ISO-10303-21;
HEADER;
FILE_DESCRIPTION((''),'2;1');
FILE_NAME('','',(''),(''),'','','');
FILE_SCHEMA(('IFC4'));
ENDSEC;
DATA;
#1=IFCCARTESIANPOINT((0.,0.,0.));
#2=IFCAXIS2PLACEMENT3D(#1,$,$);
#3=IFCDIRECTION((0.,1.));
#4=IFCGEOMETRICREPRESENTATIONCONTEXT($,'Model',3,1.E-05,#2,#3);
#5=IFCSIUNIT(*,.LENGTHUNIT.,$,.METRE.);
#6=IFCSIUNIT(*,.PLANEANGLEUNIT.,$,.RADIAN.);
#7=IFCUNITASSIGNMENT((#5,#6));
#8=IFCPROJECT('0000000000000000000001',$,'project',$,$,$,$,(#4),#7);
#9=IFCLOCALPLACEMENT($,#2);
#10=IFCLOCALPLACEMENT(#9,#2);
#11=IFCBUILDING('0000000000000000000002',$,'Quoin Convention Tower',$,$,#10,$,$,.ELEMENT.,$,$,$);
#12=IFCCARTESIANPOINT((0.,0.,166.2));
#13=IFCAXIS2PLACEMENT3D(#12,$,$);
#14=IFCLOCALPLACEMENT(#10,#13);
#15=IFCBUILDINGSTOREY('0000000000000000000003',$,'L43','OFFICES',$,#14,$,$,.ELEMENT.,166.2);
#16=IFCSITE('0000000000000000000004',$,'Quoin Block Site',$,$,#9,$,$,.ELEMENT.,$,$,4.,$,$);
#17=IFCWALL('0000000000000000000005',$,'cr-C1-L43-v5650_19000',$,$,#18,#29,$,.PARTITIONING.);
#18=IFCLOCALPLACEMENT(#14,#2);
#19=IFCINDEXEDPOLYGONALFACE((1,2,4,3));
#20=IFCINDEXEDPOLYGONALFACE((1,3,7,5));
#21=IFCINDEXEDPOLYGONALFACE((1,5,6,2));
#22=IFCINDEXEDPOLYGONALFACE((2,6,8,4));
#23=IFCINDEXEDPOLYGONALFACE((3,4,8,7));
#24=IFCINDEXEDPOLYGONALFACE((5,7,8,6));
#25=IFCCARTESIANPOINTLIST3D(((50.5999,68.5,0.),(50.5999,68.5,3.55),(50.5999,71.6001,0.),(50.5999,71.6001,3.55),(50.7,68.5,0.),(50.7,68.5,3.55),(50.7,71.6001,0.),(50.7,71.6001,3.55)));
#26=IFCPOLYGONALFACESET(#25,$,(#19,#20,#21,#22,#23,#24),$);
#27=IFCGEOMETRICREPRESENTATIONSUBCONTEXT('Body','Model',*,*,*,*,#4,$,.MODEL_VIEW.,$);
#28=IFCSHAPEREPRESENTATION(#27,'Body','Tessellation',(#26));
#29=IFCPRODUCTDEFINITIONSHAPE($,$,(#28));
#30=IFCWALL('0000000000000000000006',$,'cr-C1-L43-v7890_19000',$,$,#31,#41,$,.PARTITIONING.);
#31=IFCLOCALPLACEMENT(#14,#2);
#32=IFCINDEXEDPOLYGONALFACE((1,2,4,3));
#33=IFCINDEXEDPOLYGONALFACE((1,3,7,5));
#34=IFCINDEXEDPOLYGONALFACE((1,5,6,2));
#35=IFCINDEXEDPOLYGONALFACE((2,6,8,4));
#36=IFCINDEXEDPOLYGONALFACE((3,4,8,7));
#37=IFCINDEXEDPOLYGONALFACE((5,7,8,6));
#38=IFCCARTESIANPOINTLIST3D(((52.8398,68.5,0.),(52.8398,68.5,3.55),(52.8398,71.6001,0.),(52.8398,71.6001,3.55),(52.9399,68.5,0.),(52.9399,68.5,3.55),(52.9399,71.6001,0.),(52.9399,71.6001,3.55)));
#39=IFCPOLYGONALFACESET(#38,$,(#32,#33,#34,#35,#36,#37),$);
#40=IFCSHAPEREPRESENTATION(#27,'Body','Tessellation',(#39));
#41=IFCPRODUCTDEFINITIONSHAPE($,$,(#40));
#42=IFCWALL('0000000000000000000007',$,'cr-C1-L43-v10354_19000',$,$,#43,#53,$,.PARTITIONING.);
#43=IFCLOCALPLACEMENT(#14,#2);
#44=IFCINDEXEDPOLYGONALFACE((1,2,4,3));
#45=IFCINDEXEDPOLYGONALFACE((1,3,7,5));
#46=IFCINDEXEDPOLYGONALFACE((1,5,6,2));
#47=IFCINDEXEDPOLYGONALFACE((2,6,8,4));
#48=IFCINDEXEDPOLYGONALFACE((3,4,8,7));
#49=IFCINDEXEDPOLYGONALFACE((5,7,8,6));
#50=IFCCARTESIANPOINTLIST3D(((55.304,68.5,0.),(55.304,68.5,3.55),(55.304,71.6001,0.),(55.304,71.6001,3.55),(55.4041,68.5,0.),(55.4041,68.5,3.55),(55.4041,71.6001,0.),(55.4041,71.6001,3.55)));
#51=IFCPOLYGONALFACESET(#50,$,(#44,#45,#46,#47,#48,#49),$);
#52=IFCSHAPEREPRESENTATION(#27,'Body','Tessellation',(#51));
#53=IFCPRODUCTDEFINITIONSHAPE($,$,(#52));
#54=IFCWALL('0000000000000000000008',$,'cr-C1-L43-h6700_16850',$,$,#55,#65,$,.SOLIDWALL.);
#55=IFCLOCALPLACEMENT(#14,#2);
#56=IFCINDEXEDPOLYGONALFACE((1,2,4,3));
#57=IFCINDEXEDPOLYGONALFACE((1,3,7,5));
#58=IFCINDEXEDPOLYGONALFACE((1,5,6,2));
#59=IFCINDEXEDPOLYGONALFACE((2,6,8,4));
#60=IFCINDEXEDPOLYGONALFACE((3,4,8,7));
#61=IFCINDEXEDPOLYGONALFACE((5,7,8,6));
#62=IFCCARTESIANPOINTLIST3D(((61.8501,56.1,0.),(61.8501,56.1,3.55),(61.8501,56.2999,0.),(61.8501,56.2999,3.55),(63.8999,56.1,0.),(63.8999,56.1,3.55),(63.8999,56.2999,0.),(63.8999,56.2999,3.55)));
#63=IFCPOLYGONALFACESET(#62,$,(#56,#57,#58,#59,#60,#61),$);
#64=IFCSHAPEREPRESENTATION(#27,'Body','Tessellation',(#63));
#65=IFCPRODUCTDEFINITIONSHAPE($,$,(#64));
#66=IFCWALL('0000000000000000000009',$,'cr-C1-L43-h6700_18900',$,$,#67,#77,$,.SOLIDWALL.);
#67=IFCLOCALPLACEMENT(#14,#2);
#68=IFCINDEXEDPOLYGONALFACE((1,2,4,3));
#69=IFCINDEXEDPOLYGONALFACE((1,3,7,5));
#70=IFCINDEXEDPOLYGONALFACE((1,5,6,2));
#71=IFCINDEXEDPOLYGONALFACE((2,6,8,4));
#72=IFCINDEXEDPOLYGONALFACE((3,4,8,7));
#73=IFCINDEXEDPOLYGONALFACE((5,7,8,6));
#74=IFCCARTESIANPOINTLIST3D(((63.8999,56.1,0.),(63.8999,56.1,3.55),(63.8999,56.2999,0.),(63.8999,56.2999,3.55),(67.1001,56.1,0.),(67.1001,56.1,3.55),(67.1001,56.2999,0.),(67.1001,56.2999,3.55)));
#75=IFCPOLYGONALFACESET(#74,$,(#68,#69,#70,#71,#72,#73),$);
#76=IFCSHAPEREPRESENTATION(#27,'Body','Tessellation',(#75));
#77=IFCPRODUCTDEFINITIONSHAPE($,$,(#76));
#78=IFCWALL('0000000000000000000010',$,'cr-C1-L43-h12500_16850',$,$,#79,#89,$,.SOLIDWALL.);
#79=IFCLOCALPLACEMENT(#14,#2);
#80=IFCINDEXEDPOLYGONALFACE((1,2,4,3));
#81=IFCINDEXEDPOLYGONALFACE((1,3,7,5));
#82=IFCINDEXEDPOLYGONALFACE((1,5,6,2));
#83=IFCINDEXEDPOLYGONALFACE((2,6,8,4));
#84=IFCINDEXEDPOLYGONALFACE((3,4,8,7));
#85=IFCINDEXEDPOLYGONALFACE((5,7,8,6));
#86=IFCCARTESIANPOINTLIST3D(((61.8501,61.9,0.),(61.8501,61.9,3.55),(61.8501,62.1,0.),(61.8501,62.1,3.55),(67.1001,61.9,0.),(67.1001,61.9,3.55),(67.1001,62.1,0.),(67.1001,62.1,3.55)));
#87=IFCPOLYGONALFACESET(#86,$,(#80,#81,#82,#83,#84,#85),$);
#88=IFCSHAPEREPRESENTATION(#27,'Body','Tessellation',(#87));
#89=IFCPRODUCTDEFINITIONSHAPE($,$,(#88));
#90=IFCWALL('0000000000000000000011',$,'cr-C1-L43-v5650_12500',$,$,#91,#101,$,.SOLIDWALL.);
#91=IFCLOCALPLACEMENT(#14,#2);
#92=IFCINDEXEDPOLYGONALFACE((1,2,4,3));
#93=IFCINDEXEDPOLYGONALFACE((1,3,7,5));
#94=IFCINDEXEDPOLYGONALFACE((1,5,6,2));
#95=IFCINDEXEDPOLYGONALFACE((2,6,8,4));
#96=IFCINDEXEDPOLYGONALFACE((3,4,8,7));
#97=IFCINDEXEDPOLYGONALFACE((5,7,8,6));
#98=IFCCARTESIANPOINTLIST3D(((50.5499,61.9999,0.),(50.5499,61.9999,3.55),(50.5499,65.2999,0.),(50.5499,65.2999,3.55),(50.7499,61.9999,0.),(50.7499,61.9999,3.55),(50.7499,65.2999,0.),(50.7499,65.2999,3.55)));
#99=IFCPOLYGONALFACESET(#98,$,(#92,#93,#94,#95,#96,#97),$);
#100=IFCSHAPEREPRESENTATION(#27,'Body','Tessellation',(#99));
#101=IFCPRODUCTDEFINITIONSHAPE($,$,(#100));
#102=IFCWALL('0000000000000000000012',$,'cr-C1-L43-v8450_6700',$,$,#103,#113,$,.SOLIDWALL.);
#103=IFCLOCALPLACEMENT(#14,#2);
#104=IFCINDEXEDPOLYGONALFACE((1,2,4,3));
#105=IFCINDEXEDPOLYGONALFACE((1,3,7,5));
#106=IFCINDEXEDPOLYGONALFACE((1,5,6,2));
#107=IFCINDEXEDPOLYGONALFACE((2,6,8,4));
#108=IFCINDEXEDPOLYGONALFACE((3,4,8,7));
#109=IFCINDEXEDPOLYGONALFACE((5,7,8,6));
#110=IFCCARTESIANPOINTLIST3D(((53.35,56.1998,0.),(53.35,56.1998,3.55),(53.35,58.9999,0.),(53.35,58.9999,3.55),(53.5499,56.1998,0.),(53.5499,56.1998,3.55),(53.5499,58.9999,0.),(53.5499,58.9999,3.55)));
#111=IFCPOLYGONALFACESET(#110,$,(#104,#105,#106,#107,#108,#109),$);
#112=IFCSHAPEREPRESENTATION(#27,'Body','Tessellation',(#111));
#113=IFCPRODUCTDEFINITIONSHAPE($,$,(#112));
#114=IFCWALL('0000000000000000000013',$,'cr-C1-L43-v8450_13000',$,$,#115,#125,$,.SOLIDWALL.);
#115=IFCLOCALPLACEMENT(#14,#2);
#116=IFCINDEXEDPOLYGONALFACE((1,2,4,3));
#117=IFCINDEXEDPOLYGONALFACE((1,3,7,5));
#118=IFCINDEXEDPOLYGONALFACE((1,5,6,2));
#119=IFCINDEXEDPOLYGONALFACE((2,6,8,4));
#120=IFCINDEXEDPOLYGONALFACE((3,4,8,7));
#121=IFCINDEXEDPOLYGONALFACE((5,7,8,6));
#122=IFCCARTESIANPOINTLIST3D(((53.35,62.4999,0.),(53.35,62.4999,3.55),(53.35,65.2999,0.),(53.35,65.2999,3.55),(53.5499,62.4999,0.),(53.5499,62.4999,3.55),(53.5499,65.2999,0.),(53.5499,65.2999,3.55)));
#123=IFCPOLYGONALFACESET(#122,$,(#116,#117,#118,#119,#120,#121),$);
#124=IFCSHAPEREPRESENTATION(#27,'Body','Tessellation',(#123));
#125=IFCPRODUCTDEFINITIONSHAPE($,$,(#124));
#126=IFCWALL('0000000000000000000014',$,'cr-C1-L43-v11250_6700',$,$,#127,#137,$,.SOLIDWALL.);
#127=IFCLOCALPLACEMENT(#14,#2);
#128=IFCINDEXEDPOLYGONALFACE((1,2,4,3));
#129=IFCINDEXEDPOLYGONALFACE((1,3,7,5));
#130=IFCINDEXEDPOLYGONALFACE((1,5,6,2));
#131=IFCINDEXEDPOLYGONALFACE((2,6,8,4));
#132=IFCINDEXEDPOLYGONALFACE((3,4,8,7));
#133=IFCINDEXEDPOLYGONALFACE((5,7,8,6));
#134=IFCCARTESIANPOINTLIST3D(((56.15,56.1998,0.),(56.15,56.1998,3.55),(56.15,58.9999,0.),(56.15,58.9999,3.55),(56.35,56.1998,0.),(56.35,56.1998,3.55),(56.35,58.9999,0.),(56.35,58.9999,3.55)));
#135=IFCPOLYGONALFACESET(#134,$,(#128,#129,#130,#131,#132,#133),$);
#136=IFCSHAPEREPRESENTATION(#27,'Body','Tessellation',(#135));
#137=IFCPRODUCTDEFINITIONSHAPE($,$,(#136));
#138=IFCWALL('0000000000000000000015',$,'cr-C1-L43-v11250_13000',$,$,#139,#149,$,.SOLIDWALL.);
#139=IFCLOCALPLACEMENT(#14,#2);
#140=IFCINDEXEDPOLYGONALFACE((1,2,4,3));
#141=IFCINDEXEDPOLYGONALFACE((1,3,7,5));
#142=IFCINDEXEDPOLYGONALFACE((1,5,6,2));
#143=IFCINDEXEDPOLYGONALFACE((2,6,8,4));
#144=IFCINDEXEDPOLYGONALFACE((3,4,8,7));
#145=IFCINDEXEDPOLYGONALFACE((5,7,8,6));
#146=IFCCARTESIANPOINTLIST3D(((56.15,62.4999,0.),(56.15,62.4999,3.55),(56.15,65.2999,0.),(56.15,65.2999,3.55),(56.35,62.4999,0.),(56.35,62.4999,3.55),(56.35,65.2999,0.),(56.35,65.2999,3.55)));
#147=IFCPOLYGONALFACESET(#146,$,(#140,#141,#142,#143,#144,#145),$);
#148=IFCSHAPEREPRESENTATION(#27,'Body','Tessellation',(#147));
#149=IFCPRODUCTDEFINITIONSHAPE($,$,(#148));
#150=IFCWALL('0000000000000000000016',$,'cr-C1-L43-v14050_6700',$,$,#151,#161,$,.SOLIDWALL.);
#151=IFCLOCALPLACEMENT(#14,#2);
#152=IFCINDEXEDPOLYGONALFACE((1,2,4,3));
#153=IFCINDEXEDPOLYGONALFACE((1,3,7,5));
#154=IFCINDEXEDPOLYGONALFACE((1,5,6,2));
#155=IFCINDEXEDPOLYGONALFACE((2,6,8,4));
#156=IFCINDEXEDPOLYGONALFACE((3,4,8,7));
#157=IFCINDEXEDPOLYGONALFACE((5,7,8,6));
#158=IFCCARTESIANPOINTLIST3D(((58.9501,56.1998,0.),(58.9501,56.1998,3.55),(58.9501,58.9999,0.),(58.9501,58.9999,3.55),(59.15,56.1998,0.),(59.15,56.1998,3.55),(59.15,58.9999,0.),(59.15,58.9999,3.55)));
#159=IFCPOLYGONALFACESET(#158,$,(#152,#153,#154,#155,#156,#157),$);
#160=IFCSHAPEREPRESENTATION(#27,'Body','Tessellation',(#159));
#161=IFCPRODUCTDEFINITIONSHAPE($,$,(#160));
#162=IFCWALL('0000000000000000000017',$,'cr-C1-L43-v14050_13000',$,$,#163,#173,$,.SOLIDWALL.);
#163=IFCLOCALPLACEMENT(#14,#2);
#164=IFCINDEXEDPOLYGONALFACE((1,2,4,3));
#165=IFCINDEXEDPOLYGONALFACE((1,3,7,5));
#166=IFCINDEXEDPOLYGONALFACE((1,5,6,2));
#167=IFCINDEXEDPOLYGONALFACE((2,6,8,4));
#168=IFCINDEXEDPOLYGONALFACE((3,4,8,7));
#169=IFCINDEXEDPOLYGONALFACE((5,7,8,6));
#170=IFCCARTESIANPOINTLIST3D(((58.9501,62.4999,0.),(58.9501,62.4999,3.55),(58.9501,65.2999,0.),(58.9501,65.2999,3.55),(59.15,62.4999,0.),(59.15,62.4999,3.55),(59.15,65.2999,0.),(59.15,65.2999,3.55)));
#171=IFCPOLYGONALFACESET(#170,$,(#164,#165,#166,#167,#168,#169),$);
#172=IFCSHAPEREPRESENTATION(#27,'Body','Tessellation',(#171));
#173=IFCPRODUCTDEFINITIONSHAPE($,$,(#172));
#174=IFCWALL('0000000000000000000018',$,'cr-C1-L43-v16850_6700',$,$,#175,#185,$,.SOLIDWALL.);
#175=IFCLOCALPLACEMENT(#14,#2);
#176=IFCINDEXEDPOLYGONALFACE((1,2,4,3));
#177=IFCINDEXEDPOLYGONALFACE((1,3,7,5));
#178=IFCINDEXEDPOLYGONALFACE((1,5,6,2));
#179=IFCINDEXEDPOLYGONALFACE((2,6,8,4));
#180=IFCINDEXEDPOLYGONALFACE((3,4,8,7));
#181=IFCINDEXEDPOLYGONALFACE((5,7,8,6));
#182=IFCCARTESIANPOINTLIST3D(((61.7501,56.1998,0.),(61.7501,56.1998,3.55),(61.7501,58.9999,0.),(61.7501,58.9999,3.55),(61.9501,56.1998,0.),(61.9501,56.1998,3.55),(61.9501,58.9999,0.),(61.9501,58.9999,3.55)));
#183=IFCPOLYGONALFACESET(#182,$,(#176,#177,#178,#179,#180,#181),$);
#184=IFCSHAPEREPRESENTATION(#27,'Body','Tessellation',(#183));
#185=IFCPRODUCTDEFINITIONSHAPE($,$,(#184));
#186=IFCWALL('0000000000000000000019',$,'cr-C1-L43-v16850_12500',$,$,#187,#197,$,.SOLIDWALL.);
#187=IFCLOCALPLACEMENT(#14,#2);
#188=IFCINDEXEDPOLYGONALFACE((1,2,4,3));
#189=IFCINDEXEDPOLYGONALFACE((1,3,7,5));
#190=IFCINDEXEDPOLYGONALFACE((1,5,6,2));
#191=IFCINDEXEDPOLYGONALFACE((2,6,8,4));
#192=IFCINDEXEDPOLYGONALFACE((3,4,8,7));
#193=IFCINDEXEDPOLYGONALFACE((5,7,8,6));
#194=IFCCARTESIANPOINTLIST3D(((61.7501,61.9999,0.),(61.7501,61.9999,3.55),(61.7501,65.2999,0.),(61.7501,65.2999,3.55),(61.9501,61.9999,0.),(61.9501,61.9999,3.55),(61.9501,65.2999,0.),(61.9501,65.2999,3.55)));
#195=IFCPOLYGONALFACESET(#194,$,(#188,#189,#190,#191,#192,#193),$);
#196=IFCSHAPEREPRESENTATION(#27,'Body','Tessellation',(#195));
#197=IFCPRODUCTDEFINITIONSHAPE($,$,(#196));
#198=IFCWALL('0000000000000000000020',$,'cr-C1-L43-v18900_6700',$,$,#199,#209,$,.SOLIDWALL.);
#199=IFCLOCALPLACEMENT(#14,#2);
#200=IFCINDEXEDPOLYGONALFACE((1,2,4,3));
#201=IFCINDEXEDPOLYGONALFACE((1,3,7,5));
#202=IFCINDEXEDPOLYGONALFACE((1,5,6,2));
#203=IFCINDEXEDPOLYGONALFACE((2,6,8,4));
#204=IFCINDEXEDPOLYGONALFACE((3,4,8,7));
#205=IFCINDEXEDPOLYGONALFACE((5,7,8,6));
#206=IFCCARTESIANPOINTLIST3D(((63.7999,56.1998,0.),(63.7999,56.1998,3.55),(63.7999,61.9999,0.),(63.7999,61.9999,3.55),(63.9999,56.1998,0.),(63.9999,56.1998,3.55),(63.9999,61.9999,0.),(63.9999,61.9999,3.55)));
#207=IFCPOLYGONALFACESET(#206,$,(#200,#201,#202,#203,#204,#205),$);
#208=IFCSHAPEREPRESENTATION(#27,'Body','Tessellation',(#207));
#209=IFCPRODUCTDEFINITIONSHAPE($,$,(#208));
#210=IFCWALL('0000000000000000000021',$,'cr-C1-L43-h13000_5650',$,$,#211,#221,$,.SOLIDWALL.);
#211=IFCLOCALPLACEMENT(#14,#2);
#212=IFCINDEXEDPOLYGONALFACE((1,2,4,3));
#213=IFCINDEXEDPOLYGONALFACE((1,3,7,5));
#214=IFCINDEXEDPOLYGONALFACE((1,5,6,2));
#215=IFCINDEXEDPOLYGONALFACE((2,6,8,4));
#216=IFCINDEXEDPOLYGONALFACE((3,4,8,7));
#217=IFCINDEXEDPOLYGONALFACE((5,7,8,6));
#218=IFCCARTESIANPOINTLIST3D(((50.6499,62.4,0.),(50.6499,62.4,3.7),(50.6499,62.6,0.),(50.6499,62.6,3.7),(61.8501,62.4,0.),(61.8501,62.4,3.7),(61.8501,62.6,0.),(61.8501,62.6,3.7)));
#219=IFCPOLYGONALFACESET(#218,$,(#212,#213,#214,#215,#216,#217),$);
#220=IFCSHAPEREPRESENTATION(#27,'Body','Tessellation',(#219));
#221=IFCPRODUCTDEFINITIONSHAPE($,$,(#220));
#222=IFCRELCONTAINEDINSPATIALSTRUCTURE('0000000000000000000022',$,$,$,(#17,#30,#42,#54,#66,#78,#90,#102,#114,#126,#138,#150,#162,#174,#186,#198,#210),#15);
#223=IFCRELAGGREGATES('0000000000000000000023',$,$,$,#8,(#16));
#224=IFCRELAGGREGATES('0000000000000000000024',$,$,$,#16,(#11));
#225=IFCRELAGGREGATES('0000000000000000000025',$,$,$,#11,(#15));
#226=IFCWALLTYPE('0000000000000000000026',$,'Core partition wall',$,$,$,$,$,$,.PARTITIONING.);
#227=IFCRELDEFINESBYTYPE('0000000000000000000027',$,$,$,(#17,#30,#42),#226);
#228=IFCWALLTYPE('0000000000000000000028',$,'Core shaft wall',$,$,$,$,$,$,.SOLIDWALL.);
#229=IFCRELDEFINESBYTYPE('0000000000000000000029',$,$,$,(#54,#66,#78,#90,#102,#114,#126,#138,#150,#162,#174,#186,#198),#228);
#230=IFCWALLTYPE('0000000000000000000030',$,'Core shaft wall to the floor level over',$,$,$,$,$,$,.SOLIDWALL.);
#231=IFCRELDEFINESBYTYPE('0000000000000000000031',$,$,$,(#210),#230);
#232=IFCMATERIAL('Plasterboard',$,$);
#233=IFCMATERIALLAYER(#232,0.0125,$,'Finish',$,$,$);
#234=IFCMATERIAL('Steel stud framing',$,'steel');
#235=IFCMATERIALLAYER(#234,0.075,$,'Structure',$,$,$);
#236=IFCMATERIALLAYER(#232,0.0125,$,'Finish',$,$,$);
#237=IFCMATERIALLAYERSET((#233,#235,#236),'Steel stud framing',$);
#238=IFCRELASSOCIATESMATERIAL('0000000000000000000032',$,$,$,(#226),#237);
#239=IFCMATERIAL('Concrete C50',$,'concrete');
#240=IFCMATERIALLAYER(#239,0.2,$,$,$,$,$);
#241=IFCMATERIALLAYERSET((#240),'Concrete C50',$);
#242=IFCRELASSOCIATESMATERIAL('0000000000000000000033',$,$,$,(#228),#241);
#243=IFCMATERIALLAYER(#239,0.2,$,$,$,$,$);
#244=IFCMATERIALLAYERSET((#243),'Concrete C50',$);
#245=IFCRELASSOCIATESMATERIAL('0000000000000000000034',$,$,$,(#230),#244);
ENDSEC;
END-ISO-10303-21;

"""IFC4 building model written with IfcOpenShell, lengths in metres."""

from ifc_helpers import new_model, si_unit, direction, frame, frame_2d, origin, place, context, subcontext, project, spatial, rectangle, extrude, material, layer, layer_set, type_object, element, save


model = new_model("IFC4")

# Units and contexts
model_context = context("Model", 3, precision=1e-05, world=origin(), true_north=direction((0.0, 1.0)))
body_context = subcontext(model_context, "Body", "Model", "MODEL_VIEW")
ifc_project = project(units=[si_unit("LENGTHUNIT", "METRE"), si_unit("PLANEANGLEUNIT", "RADIAN")], contexts=[model_context])

# Site, building, storey
site_placement = place(None, origin())
site = spatial("IfcSite", under=ifc_project, at=site_placement, Name="Quoin Block Site", CompositionType="ELEMENT", RefElevation=4.0)
building_placement = place(site_placement, origin())
building = spatial("IfcBuilding", under=site, at=building_placement, Name="Quoin Convention Tower", CompositionType="ELEMENT")
storey_placement = place(building_placement, frame((0.0, 0.0, 166.2)))
storey = spatial("IfcBuildingStorey", under=building, at=storey_placement, Name="L43", Description="OFFICES", CompositionType="ELEMENT", Elevation=166.2)

# Walls
ifc_material_1 = material(Name="Plasterboard")
ifc_layer_1 = layer(ifc_material_1, 0.0125, Name="Finish")
ifc_material_2 = material(Name="Steel stud framing", Category="steel")
ifc_layer_2 = layer(ifc_material_2, 0.075, Name="Structure")
ifc_layer_3 = layer(ifc_material_1, 0.0125, Name="Finish")
ifc_layer_set_1 = layer_set([ifc_layer_1, ifc_layer_2, ifc_layer_3], Name="Steel stud framing")
wall_type_1 = type_object("IfcWallType", Name="Core partition wall", PredefinedType="PARTITIONING", material=ifc_layer_set_1)
for number, where, z_axis, x_axis, name in (
    (1, (50.6499, 68.5, 0.0), (0.0, 0.0, 1.0), (0.0, 1.0, 0.0), "cr-C1-L43-v5650_19000"),
    (2, (52.8899, 68.5, 0.0), (0.0, 0.0, 1.0), (0.0, 1.0, 0.0), "cr-C1-L43-v7890_19000"),
    (3, (55.354, 68.5, 0.0), (0.0, 0.0, 1.0), (0.0, 1.0, 0.0), "cr-C1-L43-v10354_19000"),
):
    element("IfcWall", number, at=place(storey_placement, frame(where, z_axis=z_axis, x_axis=x_axis)), inside=storey, type_object=wall_type_1, Name=name, PredefinedType="PARTITIONING", context=body_context, shape_type="SweptSolid", body=[
        extrude(rectangle(XDim=3.1001, YDim=0.1001, at=frame_2d((1.55, 0.0))), origin(), (0.0, 0.0, 1.0), 3.55),
    ])
ifc_material_3 = material(Name="Concrete C50", Category="concrete")
ifc_layer_4 = layer(ifc_material_3, 0.2)
ifc_layer_set_2 = layer_set([ifc_layer_4], Name="Concrete C50")
wall_type_2 = type_object("IfcWallType", Name="Core shaft wall", PredefinedType="SOLIDWALL", material=ifc_layer_set_2)
wall_1_placement = place(storey_placement, frame((61.8501, 56.2, 0.0), z_axis=(0.0, 0.0, 1.0), x_axis=(1.0, 0.0, 0.0)))
element("IfcWall", 4, at=wall_1_placement, inside=storey, type_object=wall_type_2, Name="cr-C1-L43-h6700_16850", PredefinedType="SOLIDWALL", context=body_context, shape_type="SweptSolid", body=[
    extrude(rectangle(XDim=2.0498, YDim=0.2, at=frame_2d((1.0249, 0.0))), origin(), (0.0, 0.0, 1.0), 3.55),
])
wall_2_placement = place(storey_placement, frame((63.8999, 56.2, 0.0), z_axis=(0.0, 0.0, 1.0), x_axis=(1.0, 0.0, 0.0)))
element("IfcWall", 5, at=wall_2_placement, inside=storey, type_object=wall_type_2, Name="cr-C1-L43-h6700_18900", PredefinedType="SOLIDWALL", context=body_context, shape_type="SweptSolid", body=[
    extrude(rectangle(XDim=3.2002, YDim=0.2, at=frame_2d((1.6001, 0.0))), origin(), (0.0, 0.0, 1.0), 3.55),
])
wall_3_placement = place(storey_placement, frame((61.8501, 62.0, 0.0), z_axis=(0.0, 0.0, 1.0), x_axis=(1.0, 0.0, 0.0)))
element("IfcWall", 6, at=wall_3_placement, inside=storey, type_object=wall_type_2, Name="cr-C1-L43-h12500_16850", PredefinedType="SOLIDWALL", context=body_context, shape_type="SweptSolid", body=[
    extrude(rectangle(XDim=5.25, YDim=0.2, at=frame_2d((2.625, 0.0))), origin(), (0.0, 0.0, 1.0), 3.55),
])
wall_4_placement = place(storey_placement, frame((50.6499, 62.0, 0.0), z_axis=(0.0, 0.0, 1.0), x_axis=(0.0, 1.0, 0.0)))
element("IfcWall", 7, at=wall_4_placement, inside=storey, type_object=wall_type_2, Name="cr-C1-L43-v5650_12500", PredefinedType="SOLIDWALL", context=body_context, shape_type="SweptSolid", body=[
    extrude(rectangle(XDim=3.3, YDim=0.2, at=frame_2d((1.6499, 0.0))), origin(), (0.0, 0.0, 1.0), 3.55),
])
for number, where, z_axis, x_axis, name in (
    (8, (53.45, 56.2, 0.0), (0.0, 0.0, 1.0), (0.0, 1.0, 0.0), "cr-C1-L43-v8450_6700"),
    (9, (53.45, 62.5, 0.0), (0.0, 0.0, 1.0), (0.0, 1.0, 0.0), "cr-C1-L43-v8450_13000"),
    (10, (56.25, 56.2, 0.0), (0.0, 0.0, 1.0), (0.0, 1.0, 0.0), "cr-C1-L43-v11250_6700"),
    (11, (56.25, 62.5, 0.0), (0.0, 0.0, 1.0), (0.0, 1.0, 0.0), "cr-C1-L43-v11250_13000"),
    (12, (59.05, 56.2, 0.0), (0.0, 0.0, 1.0), (0.0, 1.0, 0.0), "cr-C1-L43-v14050_6700"),
    (13, (59.05, 62.5, 0.0), (0.0, 0.0, 1.0), (0.0, 1.0, 0.0), "cr-C1-L43-v14050_13000"),
    (14, (61.8501, 56.2, 0.0), (0.0, 0.0, 1.0), (0.0, 1.0, 0.0), "cr-C1-L43-v16850_6700"),
):
    element("IfcWall", number, at=place(storey_placement, frame(where, z_axis=z_axis, x_axis=x_axis)), inside=storey, type_object=wall_type_2, Name=name, PredefinedType="SOLIDWALL", context=body_context, shape_type="SweptSolid", body=[
        extrude(rectangle(XDim=2.8, YDim=0.2, at=frame_2d((1.3999, 0.0))), origin(), (0.0, 0.0, 1.0), 3.55),
    ])
wall_5_placement = place(storey_placement, frame((61.8501, 62.0, 0.0), z_axis=(0.0, 0.0, 1.0), x_axis=(0.0, 1.0, 0.0)))
element("IfcWall", 15, at=wall_5_placement, inside=storey, type_object=wall_type_2, Name="cr-C1-L43-v16850_12500", PredefinedType="SOLIDWALL", context=body_context, shape_type="SweptSolid", body=[
    extrude(rectangle(XDim=3.3, YDim=0.2, at=frame_2d((1.6499, 0.0))), origin(), (0.0, 0.0, 1.0), 3.55),
])
wall_6_placement = place(storey_placement, frame((63.8999, 56.2, 0.0), z_axis=(0.0, 0.0, 1.0), x_axis=(0.0, 1.0, 0.0)))
element("IfcWall", 16, at=wall_6_placement, inside=storey, type_object=wall_type_2, Name="cr-C1-L43-v18900_6700", PredefinedType="SOLIDWALL", context=body_context, shape_type="SweptSolid", body=[
    extrude(rectangle(XDim=5.8, YDim=0.2, at=frame_2d((2.8999, 0.0))), origin(), (0.0, 0.0, 1.0), 3.55),
])
ifc_layer_5 = layer(ifc_material_3, 0.2)
ifc_layer_set_3 = layer_set([ifc_layer_5], Name="Concrete C50")
wall_type_3 = type_object("IfcWallType", Name="Core shaft wall to the floor level over", PredefinedType="SOLIDWALL", material=ifc_layer_set_3)
wall_7_placement = place(storey_placement, frame((50.6499, 62.5, 0.0), z_axis=(0.0, 0.0, 1.0), x_axis=(1.0, 0.0, 0.0)))
element("IfcWall", 17, at=wall_7_placement, inside=storey, type_object=wall_type_3, Name="cr-C1-L43-h13000_5650", PredefinedType="SOLIDWALL", context=body_context, shape_type="SweptSolid", body=[
    extrude(rectangle(XDim=11.2002, YDim=0.2, at=frame_2d((5.6001, 0.0))), origin(), (0.0, 0.0, 1.0), 3.7),
])

save(model, "model.ifc")
